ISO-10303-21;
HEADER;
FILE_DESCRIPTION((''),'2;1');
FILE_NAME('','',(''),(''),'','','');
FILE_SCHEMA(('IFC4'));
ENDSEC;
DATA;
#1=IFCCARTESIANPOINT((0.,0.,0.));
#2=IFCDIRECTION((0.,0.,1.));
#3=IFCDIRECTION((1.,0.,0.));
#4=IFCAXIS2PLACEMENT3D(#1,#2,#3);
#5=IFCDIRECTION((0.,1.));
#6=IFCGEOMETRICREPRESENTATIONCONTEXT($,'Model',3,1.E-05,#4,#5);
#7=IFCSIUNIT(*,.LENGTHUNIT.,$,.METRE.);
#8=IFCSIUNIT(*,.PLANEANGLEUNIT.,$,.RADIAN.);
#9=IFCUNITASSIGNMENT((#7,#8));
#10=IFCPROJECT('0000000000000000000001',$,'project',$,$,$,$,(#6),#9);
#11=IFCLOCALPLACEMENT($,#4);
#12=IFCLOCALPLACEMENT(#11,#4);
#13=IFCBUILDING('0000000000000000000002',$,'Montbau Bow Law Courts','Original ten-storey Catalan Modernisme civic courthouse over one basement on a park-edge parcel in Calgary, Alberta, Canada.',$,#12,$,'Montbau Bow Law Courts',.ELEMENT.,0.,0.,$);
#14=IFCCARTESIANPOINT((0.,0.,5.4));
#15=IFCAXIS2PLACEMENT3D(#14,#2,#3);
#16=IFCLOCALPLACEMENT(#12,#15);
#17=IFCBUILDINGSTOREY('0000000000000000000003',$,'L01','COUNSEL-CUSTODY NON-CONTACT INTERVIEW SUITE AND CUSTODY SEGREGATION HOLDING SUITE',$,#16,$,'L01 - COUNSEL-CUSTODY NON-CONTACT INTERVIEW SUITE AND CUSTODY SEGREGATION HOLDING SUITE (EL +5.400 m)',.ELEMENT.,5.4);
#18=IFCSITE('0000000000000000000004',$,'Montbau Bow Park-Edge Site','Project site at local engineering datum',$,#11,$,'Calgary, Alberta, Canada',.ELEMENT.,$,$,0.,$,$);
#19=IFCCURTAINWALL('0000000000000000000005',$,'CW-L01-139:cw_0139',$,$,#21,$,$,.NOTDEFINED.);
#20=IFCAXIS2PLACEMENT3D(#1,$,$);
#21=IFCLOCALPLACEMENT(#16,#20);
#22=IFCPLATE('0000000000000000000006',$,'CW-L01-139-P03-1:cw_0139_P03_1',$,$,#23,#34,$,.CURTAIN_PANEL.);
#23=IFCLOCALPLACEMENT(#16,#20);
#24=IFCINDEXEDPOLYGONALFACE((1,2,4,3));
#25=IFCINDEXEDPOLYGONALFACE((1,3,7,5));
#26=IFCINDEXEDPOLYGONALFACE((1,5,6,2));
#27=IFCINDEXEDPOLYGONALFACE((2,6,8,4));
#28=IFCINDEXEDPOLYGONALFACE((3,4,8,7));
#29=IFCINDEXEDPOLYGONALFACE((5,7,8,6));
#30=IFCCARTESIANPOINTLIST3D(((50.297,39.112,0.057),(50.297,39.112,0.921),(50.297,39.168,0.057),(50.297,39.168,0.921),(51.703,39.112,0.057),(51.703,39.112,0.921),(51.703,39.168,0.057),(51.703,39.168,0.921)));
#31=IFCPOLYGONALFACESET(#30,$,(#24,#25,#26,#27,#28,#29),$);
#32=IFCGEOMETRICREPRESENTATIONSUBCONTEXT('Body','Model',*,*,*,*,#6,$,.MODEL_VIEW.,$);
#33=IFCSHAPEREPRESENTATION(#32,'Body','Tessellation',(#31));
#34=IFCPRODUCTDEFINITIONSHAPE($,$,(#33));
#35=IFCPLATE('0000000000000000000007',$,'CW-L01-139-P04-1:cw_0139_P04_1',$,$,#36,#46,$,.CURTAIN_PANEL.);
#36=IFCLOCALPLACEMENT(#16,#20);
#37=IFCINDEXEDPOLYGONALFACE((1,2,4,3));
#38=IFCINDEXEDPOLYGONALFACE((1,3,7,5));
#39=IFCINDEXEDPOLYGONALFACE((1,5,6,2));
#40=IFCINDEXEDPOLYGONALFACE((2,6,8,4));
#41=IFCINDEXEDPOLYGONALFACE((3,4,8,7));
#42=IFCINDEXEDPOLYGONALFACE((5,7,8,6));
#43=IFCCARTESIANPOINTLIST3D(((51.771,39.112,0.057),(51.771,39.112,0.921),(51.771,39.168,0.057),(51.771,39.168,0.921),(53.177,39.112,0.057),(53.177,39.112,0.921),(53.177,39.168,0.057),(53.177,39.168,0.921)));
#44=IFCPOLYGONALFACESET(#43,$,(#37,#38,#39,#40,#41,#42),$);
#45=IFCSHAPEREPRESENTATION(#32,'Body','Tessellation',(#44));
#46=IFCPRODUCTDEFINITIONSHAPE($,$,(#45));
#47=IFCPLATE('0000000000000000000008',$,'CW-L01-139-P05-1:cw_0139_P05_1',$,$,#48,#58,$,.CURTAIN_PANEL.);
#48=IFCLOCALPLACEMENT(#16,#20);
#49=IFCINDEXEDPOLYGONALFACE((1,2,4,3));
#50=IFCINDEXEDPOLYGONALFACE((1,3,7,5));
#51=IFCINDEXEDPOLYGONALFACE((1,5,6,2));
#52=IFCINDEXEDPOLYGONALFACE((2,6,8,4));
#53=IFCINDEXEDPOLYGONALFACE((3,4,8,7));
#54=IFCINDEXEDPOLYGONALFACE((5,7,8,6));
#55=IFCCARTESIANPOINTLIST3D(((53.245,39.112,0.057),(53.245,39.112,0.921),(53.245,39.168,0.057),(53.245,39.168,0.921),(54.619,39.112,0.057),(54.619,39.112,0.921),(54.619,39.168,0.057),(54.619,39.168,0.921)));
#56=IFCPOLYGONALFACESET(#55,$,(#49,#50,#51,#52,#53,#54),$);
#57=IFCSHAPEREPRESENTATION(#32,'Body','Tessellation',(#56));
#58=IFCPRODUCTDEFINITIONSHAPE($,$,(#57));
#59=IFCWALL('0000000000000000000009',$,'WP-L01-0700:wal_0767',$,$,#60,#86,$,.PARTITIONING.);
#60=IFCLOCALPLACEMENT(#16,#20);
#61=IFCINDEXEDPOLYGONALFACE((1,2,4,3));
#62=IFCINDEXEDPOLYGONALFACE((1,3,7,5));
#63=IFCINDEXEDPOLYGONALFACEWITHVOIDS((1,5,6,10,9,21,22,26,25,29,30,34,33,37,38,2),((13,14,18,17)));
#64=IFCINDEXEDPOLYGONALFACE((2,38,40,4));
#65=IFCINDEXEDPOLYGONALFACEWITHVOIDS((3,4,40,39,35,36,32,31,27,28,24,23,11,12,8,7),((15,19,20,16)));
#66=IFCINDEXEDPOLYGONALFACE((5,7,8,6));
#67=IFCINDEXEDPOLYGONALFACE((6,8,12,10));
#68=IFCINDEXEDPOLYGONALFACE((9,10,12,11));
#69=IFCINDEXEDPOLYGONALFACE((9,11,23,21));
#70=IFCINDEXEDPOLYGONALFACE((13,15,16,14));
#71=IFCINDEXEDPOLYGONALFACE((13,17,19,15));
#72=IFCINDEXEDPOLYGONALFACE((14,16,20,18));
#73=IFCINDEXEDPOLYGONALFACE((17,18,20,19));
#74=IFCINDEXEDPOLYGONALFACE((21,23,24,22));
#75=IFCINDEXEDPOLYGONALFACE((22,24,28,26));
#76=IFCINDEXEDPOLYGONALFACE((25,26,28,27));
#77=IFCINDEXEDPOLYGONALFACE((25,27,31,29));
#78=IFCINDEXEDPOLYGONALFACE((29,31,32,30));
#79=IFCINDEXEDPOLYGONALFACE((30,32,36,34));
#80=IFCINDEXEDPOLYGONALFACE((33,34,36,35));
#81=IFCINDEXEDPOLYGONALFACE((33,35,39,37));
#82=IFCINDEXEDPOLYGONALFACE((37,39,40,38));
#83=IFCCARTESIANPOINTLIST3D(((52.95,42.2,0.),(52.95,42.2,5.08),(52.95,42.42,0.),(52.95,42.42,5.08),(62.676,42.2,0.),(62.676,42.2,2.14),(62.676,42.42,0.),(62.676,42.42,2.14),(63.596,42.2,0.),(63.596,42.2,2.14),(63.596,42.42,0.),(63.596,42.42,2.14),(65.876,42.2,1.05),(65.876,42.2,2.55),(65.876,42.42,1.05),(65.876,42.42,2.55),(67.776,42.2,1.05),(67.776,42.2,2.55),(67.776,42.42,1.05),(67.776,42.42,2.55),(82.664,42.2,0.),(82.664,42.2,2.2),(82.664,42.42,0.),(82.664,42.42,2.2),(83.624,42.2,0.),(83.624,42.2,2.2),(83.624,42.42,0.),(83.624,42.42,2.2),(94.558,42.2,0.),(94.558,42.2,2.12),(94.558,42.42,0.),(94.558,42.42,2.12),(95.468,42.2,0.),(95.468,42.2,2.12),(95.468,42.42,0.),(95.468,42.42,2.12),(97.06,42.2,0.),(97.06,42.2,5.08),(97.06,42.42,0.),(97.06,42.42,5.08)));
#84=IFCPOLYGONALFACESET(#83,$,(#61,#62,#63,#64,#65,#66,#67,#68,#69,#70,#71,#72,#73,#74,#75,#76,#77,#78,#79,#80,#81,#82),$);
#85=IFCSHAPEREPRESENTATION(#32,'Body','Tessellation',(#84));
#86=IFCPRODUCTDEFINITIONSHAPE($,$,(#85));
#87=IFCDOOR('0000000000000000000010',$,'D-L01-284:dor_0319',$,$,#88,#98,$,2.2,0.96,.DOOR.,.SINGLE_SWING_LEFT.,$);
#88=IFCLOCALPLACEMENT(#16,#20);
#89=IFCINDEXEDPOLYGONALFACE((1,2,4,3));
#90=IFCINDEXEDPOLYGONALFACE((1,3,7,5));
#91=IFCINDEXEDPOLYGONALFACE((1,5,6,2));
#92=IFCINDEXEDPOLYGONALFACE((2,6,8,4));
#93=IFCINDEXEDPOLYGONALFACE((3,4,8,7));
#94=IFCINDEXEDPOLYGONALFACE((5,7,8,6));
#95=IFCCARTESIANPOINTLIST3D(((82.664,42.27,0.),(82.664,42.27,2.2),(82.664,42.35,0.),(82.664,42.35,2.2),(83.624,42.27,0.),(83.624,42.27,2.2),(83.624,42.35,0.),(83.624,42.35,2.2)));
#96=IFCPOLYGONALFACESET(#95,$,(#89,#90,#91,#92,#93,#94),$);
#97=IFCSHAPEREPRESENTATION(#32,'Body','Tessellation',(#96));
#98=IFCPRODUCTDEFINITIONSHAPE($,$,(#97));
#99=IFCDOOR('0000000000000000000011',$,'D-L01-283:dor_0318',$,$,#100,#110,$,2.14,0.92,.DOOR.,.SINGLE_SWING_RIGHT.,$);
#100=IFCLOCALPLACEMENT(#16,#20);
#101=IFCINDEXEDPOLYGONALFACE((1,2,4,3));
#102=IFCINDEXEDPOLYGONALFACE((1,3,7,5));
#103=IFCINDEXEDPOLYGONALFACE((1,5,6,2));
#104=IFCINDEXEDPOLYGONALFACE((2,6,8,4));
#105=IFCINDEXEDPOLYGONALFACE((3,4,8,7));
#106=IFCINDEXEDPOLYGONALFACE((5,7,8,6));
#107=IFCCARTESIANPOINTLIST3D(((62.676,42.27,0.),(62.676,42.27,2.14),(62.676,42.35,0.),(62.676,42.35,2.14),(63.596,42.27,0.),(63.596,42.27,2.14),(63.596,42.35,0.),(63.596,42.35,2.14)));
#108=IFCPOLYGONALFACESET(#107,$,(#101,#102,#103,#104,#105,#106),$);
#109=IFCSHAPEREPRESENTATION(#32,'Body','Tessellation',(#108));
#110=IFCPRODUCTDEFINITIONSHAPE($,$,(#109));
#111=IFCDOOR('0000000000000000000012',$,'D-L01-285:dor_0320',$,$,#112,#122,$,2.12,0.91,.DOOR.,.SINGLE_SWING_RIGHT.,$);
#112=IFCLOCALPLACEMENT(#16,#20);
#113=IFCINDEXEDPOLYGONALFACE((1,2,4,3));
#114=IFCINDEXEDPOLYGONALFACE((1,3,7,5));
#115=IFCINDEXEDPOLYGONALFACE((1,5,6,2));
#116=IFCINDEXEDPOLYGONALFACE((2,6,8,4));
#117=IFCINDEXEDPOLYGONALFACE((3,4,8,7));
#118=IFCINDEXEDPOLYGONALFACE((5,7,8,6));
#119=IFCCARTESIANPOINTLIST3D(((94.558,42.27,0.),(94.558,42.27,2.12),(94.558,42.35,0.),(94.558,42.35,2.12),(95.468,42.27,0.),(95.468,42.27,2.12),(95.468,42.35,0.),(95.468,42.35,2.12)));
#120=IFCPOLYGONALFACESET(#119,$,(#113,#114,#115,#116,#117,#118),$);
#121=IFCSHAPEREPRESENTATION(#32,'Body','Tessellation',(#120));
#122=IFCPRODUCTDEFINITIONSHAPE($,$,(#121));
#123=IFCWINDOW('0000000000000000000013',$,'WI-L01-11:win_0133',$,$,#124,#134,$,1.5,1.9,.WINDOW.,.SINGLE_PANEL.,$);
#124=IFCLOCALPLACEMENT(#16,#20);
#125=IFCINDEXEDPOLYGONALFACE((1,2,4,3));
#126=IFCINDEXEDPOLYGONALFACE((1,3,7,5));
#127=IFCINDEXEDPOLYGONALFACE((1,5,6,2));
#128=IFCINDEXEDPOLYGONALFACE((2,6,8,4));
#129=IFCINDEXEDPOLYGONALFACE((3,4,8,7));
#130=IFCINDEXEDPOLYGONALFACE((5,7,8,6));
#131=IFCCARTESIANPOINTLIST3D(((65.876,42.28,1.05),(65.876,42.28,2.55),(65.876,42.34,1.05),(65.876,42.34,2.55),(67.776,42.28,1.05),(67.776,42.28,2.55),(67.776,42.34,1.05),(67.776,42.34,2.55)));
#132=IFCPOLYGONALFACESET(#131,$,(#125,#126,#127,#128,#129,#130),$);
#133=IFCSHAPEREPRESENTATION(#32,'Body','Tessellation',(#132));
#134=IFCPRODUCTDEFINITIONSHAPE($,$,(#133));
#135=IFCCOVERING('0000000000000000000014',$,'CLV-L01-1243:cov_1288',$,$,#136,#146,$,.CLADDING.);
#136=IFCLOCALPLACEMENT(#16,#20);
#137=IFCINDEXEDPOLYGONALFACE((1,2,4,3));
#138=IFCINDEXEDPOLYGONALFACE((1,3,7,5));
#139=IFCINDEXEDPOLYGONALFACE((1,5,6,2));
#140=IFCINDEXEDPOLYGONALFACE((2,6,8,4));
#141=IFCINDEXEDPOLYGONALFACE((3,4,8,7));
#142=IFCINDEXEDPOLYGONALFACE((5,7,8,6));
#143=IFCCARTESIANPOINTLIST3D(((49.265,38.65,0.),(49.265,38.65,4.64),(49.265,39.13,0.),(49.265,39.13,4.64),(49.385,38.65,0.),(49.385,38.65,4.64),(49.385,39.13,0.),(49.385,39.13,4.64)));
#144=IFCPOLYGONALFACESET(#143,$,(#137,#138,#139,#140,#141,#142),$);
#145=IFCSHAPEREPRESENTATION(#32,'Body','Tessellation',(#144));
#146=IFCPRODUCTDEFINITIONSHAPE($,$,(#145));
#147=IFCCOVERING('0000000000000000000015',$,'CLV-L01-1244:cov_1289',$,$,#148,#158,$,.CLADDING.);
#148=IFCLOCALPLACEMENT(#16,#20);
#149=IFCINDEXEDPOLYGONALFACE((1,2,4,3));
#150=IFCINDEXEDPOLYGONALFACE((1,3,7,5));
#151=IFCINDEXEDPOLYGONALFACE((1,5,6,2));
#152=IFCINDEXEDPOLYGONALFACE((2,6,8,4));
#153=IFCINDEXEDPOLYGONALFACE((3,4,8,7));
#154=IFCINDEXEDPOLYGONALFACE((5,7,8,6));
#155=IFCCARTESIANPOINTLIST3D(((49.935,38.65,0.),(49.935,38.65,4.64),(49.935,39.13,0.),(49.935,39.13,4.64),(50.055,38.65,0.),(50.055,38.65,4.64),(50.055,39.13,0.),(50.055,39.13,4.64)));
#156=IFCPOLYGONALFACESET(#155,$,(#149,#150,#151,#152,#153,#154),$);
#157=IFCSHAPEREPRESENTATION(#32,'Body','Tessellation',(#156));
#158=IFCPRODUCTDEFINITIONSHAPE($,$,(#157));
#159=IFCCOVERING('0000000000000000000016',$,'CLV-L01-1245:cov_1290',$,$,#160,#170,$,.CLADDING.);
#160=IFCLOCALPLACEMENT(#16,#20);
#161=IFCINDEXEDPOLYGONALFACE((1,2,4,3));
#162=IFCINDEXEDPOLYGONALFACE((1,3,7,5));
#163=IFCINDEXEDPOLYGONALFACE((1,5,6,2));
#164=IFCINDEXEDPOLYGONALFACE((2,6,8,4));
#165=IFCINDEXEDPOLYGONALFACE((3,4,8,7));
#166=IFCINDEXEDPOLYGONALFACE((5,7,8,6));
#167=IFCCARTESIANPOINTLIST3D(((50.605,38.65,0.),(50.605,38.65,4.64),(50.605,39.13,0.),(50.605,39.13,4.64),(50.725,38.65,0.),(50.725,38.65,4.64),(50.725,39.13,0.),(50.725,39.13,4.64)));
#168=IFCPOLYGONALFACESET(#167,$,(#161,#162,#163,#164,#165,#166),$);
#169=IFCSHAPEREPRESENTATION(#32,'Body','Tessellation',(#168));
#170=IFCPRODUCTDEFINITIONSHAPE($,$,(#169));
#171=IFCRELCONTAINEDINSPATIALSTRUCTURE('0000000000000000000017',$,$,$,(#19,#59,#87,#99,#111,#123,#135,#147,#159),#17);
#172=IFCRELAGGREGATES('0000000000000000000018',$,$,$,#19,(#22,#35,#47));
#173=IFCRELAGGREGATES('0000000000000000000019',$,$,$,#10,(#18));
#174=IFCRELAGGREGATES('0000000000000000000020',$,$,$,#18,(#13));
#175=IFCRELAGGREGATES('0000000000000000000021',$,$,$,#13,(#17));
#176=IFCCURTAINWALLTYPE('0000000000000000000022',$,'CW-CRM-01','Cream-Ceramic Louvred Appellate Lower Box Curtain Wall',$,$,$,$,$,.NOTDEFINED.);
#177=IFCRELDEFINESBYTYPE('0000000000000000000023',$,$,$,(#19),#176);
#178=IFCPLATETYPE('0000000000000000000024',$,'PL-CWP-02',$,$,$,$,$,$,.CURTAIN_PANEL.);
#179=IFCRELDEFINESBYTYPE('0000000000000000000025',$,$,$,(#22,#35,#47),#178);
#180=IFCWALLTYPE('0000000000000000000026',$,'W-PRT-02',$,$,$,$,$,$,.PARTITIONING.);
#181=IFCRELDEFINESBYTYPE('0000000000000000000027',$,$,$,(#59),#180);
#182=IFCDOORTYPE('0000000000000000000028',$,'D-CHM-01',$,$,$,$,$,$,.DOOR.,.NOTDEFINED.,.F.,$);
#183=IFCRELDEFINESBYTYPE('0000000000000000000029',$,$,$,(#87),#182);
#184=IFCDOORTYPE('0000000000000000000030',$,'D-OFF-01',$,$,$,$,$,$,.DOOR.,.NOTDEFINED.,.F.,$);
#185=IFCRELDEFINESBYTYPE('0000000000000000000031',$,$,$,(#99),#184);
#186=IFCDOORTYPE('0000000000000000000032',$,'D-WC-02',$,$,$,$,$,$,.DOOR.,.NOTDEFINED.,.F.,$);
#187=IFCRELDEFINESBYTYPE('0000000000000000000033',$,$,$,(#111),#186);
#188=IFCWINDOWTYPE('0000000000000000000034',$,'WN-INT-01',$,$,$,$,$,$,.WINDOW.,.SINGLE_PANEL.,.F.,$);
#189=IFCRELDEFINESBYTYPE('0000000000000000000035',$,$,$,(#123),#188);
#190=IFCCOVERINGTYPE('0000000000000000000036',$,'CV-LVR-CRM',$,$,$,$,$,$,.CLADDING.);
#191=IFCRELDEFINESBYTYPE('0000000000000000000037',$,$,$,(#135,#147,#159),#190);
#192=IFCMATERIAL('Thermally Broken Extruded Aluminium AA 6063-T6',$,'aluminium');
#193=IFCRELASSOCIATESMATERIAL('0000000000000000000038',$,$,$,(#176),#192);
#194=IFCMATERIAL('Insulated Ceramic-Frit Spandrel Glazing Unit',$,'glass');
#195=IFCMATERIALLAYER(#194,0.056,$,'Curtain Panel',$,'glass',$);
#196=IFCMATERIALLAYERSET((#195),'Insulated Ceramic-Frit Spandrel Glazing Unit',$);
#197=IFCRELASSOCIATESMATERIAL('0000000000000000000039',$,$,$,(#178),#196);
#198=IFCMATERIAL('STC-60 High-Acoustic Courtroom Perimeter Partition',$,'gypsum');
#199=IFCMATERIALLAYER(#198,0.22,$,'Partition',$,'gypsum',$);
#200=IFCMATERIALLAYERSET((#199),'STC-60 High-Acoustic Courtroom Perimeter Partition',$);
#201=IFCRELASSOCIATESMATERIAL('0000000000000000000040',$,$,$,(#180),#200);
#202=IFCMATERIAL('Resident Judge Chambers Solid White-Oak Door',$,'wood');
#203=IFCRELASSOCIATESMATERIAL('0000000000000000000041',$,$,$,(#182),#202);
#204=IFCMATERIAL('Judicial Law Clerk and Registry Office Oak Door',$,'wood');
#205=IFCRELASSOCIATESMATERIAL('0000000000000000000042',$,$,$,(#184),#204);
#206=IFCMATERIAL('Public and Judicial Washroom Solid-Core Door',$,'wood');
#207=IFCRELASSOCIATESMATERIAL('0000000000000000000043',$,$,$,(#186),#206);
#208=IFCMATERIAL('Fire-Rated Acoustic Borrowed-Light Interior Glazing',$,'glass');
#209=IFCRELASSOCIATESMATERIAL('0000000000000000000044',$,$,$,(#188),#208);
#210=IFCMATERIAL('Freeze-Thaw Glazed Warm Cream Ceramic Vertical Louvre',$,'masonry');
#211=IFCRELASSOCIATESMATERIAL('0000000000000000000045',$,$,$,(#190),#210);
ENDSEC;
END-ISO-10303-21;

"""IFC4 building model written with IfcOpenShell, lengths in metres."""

from ifc_helpers import new_model, si_unit, direction, frame, frame_2d, origin_with_axes, place, context, subcontext, project, spatial, rectangle, extrude, material, layer, layer_set, type_object, element, fill, aggregate, save


model = new_model("IFC4")

# Units and contexts
model_context = context("Model", 3, precision=1e-05, world=origin_with_axes(), true_north=direction((0.0, 1.0)))
body_context = subcontext(model_context, "Body", "Model", "MODEL_VIEW")
ifc_project = project(units=[si_unit("LENGTHUNIT", "METRE"), si_unit("PLANEANGLEUNIT", "RADIAN")], contexts=[model_context])

# Site, building, storey
site_placement = place(None, origin_with_axes())
site = spatial("IfcSite", under=ifc_project, at=site_placement, Name="Montbau Bow Park-Edge Site", Description="Project site at local engineering datum", LongName="Calgary, Alberta, Canada", CompositionType="ELEMENT", RefElevation=0.0)
building_placement = place(site_placement, origin_with_axes())
building = spatial("IfcBuilding", under=site, at=building_placement, Name="Montbau Bow Law Courts", Description="Original ten-storey Catalan Modernisme civic courthouse over one basement on a park-edge parcel in Calgary, Alberta, Canada.", LongName="Montbau Bow Law Courts", CompositionType="ELEMENT", ElevationOfRefHeight=0.0, ElevationOfTerrain=0.0)
storey_placement = place(building_placement, frame((0.0, 0.0, 5.4), z_axis=(0.0, 0.0, 1.0), x_axis=(1.0, 0.0, 0.0)))
storey = spatial("IfcBuildingStorey", under=building, at=storey_placement, Name="L01", Description="COUNSEL-CUSTODY NON-CONTACT INTERVIEW SUITE AND CUSTODY SEGREGATION HOLDING SUITE", LongName="L01 - COUNSEL-CUSTODY NON-CONTACT INTERVIEW SUITE AND CUSTODY SEGREGATION HOLDING SUITE (EL +5.400 m)", CompositionType="ELEMENT", Elevation=5.4)

# Curtain wall, plates
ifc_material_1 = material(Name="Thermally Broken Extruded Aluminium AA 6063-T6", Category="aluminium")
curtain_wall_type = type_object("IfcCurtainWallType", Name="CW-CRM-01", Description="Cream-Ceramic Louvred Appellate Lower Box Curtain Wall", PredefinedType="NOTDEFINED", material=ifc_material_1)
curtain_wall_placement = place(None, frame((47.315, 39.14, 5.4), z_axis=(0.0, 0.0, 1.0), x_axis=(1.0, 0.0, 0.0)))
curtain_wall = element("IfcCurtainWall", 1, at=curtain_wall_placement, inside=storey, type_object=curtain_wall_type, Name="CW-L01-139:cw_0139", PredefinedType="NOTDEFINED")
ifc_material_2 = material(Name="Insulated Ceramic-Frit Spandrel Glazing Unit", Category="glass")
ifc_layer_1 = layer(ifc_material_2, 0.056, Name="Curtain Panel", Category="glass")
ifc_layer_set_1 = layer_set([ifc_layer_1], Name="Insulated Ceramic-Frit Spandrel Glazing Unit")
plate_type_1 = type_object("IfcPlateType", Name="PL-CWP-02", PredefinedType="CURTAIN_PANEL", material=ifc_layer_set_1)
plate_1_placement = place(None, frame((50.297, 39.14, 5.457), z_axis=(0.0, -1.0, 0.0), x_axis=(1.0, 0.0, 0.0)))
plate_1 = element("IfcPlate", 2, at=plate_1_placement, type_object=plate_type_1, Name="CW-L01-139-P03-1:cw_0139_P03_1", PredefinedType="CURTAIN_PANEL", context=body_context, shape_type="SweptSolid", body=[
    extrude(rectangle(XDim=1.406, YDim=0.864, at=frame_2d((0.703, 0.432), x_axis=(1.0, 0.0))), frame((0.0, 0.0, -0.028), z_axis=(0.0, 0.0, 1.0), x_axis=(1.0, 0.0, 0.0)), (0.0, 0.0, 1.0), 0.056),
])
plate_2_placement = place(None, frame((51.771, 39.14, 5.457), z_axis=(0.0, -1.0, 0.0), x_axis=(1.0, 0.0, 0.0)))
plate_2 = element("IfcPlate", 3, at=plate_2_placement, type_object=plate_type_1, Name="CW-L01-139-P04-1:cw_0139_P04_1", PredefinedType="CURTAIN_PANEL", context=body_context, shape_type="SweptSolid", body=[
    extrude(rectangle(XDim=1.406, YDim=0.864, at=frame_2d((0.703, 0.432), x_axis=(1.0, 0.0))), frame((0.0, 0.0, -0.028), z_axis=(0.0, 0.0, 1.0), x_axis=(1.0, 0.0, 0.0)), (0.0, 0.0, 1.0), 0.056),
])
plate_3_placement = place(None, frame((53.245, 39.14, 5.457), z_axis=(0.0, -1.0, 0.0), x_axis=(1.0, 0.0, 0.0)))
plate_3 = element("IfcPlate", 4, at=plate_3_placement, type_object=plate_type_1, Name="CW-L01-139-P05-1:cw_0139_P05_1", PredefinedType="CURTAIN_PANEL", context=body_context, shape_type="SweptSolid", body=[
    extrude(rectangle(XDim=1.374, YDim=0.864, at=frame_2d((0.687, 0.432), x_axis=(1.0, 0.0))), frame((0.0, 0.0, -0.028), z_axis=(0.0, 0.0, 1.0), x_axis=(1.0, 0.0, 0.0)), (0.0, 0.0, 1.0), 0.056),
])
aggregate(curtain_wall, [plate_1, plate_2, plate_3])

# Wall, openings, doors, window
ifc_material_3 = material(Name="STC-60 High-Acoustic Courtroom Perimeter Partition", Category="gypsum")
ifc_layer_2 = layer(ifc_material_3, 0.22, Name="Partition", Category="gypsum")
ifc_layer_set_2 = layer_set([ifc_layer_2], Name="STC-60 High-Acoustic Courtroom Perimeter Partition")
wall_type = type_object("IfcWallType", Name="W-PRT-02", PredefinedType="PARTITIONING", material=ifc_layer_set_2)
wall_placement = place(None, frame((52.95, 42.31, 5.4), z_axis=(0.0, 0.0, 1.0), x_axis=(1.0, 0.0, 0.0)))
wall = element("IfcWall", 5, at=wall_placement, inside=storey, type_object=wall_type, Name="WP-L01-0700:wal_0767", PredefinedType="PARTITIONING", context=body_context, shape_type="SweptSolid", body=[
    extrude(rectangle(XDim=44.11, YDim=0.22, at=frame_2d((22.055, 0.0), x_axis=(1.0, 0.0))), origin_with_axes(), (0.0, 0.0, 1.0), 5.08),
])
opening_1_placement = place(None, frame((63.136, 42.31, 5.4), z_axis=(0.0, 0.0, 1.0), x_axis=(1.0, 0.0, 0.0)))
opening_1 = element("IfcOpeningElement", 6, at=opening_1_placement, cuts=wall, PredefinedType="OPENING", context=body_context, shape_type="SweptSolid", body=[
    extrude(rectangle(XDim=0.92, YDim=2.14, at=frame_2d((0.0, 1.07), x_axis=(1.0, 0.0))), frame((0.0, 0.12, 0.0), z_axis=(0.0, -1.0, 0.0), x_axis=(1.0, 0.0, 0.0)), (0.0, 0.0, 1.0), 0.24),
])
opening_2_placement = place(None, frame((83.144, 42.31, 5.4), z_axis=(0.0, 0.0, 1.0), x_axis=(1.0, 0.0, 0.0)))
opening_2 = element("IfcOpeningElement", 7, at=opening_2_placement, cuts=wall, PredefinedType="OPENING", context=body_context, shape_type="SweptSolid", body=[
    extrude(rectangle(XDim=0.96, YDim=2.2, at=frame_2d((0.0, 1.1), x_axis=(1.0, 0.0))), frame((0.0, 0.12, 0.0), z_axis=(0.0, -1.0, 0.0), x_axis=(1.0, 0.0, 0.0)), (0.0, 0.0, 1.0), 0.24),
])
opening_3_placement = place(None, frame((95.013, 42.31, 5.4), z_axis=(0.0, 0.0, 1.0), x_axis=(1.0, 0.0, 0.0)))
opening_3 = element("IfcOpeningElement", 8, at=opening_3_placement, cuts=wall, PredefinedType="OPENING", context=body_context, shape_type="SweptSolid", body=[
    extrude(rectangle(XDim=0.91, YDim=2.12, at=frame_2d((0.0, 1.06), x_axis=(1.0, 0.0))), frame((0.0, 0.12, 0.0), z_axis=(0.0, -1.0, 0.0), x_axis=(1.0, 0.0, 0.0)), (0.0, 0.0, 1.0), 0.24),
])
opening_4_placement = place(None, frame((66.826, 42.31, 6.45), z_axis=(0.0, 0.0, 1.0), x_axis=(1.0, 0.0, 0.0)))
opening_4 = element("IfcOpeningElement", 9, at=opening_4_placement, cuts=wall, PredefinedType="OPENING", context=body_context, shape_type="SweptSolid", body=[
    extrude(rectangle(XDim=1.9, YDim=1.5, at=frame_2d((0.0, 0.75), x_axis=(1.0, 0.0))), frame((0.0, 0.12, 0.0), z_axis=(0.0, -1.0, 0.0), x_axis=(1.0, 0.0, 0.0)), (0.0, 0.0, 1.0), 0.24),
])
ifc_material_4 = material(Name="Resident Judge Chambers Solid White-Oak Door", Category="wood")
door_type_1 = type_object("IfcDoorType", Name="D-CHM-01", OperationType="NOTDEFINED", ParameterTakesPrecedence=False, PredefinedType="DOOR", material=ifc_material_4)
door_1_placement = place(None, frame((83.144, 42.31, 5.4), z_axis=(0.0, 0.0, 1.0), x_axis=(1.0, 0.0, 0.0)))
door_1 = element("IfcDoor", 10, at=door_1_placement, inside=storey, type_object=door_type_1, Name="D-L01-284:dor_0319", OperationType="SINGLE_SWING_LEFT", OverallHeight=2.2, OverallWidth=0.96, PredefinedType="DOOR", context=body_context, shape_type="SweptSolid", body=[
    extrude(rectangle(XDim=0.96, YDim=2.2, at=frame_2d((0.0, 1.1), x_axis=(1.0, 0.0))), frame((0.0, 0.04, 0.0), z_axis=(0.0, -1.0, 0.0), x_axis=(1.0, 0.0, 0.0)), (0.0, 0.0, 1.0), 0.08),
])
fill(opening_2, door_1)
ifc_material_5 = material(Name="Judicial Law Clerk and Registry Office Oak Door", Category="wood")
door_type_2 = type_object("IfcDoorType", Name="D-OFF-01", OperationType="NOTDEFINED", ParameterTakesPrecedence=False, PredefinedType="DOOR", material=ifc_material_5)
door_2_placement = place(None, frame((63.136, 42.31, 5.4), z_axis=(0.0, 0.0, 1.0), x_axis=(1.0, 0.0, 0.0)))
door_2 = element("IfcDoor", 11, at=door_2_placement, inside=storey, type_object=door_type_2, Name="D-L01-283:dor_0318", OperationType="SINGLE_SWING_RIGHT", OverallHeight=2.14, OverallWidth=0.92, PredefinedType="DOOR", context=body_context, shape_type="SweptSolid", body=[
    extrude(rectangle(XDim=0.92, YDim=2.14, at=frame_2d((0.0, 1.07), x_axis=(1.0, 0.0))), frame((0.0, 0.04, 0.0), z_axis=(0.0, -1.0, 0.0), x_axis=(1.0, 0.0, 0.0)), (0.0, 0.0, 1.0), 0.08),
])
fill(opening_1, door_2)
ifc_material_6 = material(Name="Public and Judicial Washroom Solid-Core Door", Category="wood")
door_type_3 = type_object("IfcDoorType", Name="D-WC-02", OperationType="NOTDEFINED", ParameterTakesPrecedence=False, PredefinedType="DOOR", material=ifc_material_6)
door_3_placement = place(None, frame((95.013, 42.31, 5.4), z_axis=(0.0, 0.0, 1.0), x_axis=(1.0, 0.0, 0.0)))
door_3 = element("IfcDoor", 12, at=door_3_placement, inside=storey, type_object=door_type_3, Name="D-L01-285:dor_0320", OperationType="SINGLE_SWING_RIGHT", OverallHeight=2.12, OverallWidth=0.91, PredefinedType="DOOR", context=body_context, shape_type="SweptSolid", body=[
    extrude(rectangle(XDim=0.91, YDim=2.12, at=frame_2d((0.0, 1.06), x_axis=(1.0, 0.0))), frame((0.0, 0.04, 0.0), z_axis=(0.0, -1.0, 0.0), x_axis=(1.0, 0.0, 0.0)), (0.0, 0.0, 1.0), 0.08),
])
fill(opening_3, door_3)
ifc_material_7 = material(Name="Fire-Rated Acoustic Borrowed-Light Interior Glazing", Category="glass")
window_type = type_object("IfcWindowType", Name="WN-INT-01", ParameterTakesPrecedence=False, PartitioningType="SINGLE_PANEL", PredefinedType="WINDOW", material=ifc_material_7)
window_placement = place(None, frame((66.826, 42.31, 6.45), z_axis=(0.0, 0.0, 1.0), x_axis=(1.0, 0.0, 0.0)))
window = element("IfcWindow", 13, at=window_placement, inside=storey, type_object=window_type, Name="WI-L01-11:win_0133", OverallHeight=1.5, OverallWidth=1.9, PartitioningType="SINGLE_PANEL", PredefinedType="WINDOW", context=body_context, shape_type="SweptSolid", body=[
    extrude(rectangle(XDim=1.9, YDim=1.5, at=frame_2d((0.0, 0.75), x_axis=(1.0, 0.0))), frame((0.0, 0.03, 0.0), z_axis=(0.0, -1.0, 0.0), x_axis=(1.0, 0.0, 0.0)), (0.0, 0.0, 1.0), 0.06),
])
fill(opening_4, window)

# Coverings
ifc_material_8 = material(Name="Freeze-Thaw Glazed Warm Cream Ceramic Vertical Louvre", Category="masonry")
covering_type = type_object("IfcCoveringType", Name="CV-LVR-CRM", PredefinedType="CLADDING", material=ifc_material_8)
for number, where, z_axis, x_axis, name in (
    (14, (49.325, 39.13, 5.4), (-1.0, 0.0, 0.0), (0.0, -1.0, 0.0), "CLV-L01-1243:cov_1288"),
    (15, (49.995, 39.13, 5.4), (-1.0, 0.0, 0.0), (0.0, -1.0, 0.0), "CLV-L01-1244:cov_1289"),
    (16, (50.665, 39.13, 5.4), (-1.0, 0.0, 0.0), (0.0, -1.0, 0.0), "CLV-L01-1245:cov_1290"),
):
    element("IfcCovering", number, at=place(None, frame(where, z_axis=z_axis, x_axis=x_axis)), inside=storey, type_object=covering_type, Name=name, PredefinedType="CLADDING", context=body_context, shape_type="SweptSolid", body=[
        extrude(rectangle(XDim=0.48, YDim=4.64, at=frame_2d((0.24, 2.32), x_axis=(1.0, 0.0))), frame((0.0, 0.0, -0.06), z_axis=(0.0, 0.0, 1.0), x_axis=(1.0, 0.0, 0.0)), (0.0, 0.0, 1.0), 0.12),
    ])

save(model, "model.ifc")
